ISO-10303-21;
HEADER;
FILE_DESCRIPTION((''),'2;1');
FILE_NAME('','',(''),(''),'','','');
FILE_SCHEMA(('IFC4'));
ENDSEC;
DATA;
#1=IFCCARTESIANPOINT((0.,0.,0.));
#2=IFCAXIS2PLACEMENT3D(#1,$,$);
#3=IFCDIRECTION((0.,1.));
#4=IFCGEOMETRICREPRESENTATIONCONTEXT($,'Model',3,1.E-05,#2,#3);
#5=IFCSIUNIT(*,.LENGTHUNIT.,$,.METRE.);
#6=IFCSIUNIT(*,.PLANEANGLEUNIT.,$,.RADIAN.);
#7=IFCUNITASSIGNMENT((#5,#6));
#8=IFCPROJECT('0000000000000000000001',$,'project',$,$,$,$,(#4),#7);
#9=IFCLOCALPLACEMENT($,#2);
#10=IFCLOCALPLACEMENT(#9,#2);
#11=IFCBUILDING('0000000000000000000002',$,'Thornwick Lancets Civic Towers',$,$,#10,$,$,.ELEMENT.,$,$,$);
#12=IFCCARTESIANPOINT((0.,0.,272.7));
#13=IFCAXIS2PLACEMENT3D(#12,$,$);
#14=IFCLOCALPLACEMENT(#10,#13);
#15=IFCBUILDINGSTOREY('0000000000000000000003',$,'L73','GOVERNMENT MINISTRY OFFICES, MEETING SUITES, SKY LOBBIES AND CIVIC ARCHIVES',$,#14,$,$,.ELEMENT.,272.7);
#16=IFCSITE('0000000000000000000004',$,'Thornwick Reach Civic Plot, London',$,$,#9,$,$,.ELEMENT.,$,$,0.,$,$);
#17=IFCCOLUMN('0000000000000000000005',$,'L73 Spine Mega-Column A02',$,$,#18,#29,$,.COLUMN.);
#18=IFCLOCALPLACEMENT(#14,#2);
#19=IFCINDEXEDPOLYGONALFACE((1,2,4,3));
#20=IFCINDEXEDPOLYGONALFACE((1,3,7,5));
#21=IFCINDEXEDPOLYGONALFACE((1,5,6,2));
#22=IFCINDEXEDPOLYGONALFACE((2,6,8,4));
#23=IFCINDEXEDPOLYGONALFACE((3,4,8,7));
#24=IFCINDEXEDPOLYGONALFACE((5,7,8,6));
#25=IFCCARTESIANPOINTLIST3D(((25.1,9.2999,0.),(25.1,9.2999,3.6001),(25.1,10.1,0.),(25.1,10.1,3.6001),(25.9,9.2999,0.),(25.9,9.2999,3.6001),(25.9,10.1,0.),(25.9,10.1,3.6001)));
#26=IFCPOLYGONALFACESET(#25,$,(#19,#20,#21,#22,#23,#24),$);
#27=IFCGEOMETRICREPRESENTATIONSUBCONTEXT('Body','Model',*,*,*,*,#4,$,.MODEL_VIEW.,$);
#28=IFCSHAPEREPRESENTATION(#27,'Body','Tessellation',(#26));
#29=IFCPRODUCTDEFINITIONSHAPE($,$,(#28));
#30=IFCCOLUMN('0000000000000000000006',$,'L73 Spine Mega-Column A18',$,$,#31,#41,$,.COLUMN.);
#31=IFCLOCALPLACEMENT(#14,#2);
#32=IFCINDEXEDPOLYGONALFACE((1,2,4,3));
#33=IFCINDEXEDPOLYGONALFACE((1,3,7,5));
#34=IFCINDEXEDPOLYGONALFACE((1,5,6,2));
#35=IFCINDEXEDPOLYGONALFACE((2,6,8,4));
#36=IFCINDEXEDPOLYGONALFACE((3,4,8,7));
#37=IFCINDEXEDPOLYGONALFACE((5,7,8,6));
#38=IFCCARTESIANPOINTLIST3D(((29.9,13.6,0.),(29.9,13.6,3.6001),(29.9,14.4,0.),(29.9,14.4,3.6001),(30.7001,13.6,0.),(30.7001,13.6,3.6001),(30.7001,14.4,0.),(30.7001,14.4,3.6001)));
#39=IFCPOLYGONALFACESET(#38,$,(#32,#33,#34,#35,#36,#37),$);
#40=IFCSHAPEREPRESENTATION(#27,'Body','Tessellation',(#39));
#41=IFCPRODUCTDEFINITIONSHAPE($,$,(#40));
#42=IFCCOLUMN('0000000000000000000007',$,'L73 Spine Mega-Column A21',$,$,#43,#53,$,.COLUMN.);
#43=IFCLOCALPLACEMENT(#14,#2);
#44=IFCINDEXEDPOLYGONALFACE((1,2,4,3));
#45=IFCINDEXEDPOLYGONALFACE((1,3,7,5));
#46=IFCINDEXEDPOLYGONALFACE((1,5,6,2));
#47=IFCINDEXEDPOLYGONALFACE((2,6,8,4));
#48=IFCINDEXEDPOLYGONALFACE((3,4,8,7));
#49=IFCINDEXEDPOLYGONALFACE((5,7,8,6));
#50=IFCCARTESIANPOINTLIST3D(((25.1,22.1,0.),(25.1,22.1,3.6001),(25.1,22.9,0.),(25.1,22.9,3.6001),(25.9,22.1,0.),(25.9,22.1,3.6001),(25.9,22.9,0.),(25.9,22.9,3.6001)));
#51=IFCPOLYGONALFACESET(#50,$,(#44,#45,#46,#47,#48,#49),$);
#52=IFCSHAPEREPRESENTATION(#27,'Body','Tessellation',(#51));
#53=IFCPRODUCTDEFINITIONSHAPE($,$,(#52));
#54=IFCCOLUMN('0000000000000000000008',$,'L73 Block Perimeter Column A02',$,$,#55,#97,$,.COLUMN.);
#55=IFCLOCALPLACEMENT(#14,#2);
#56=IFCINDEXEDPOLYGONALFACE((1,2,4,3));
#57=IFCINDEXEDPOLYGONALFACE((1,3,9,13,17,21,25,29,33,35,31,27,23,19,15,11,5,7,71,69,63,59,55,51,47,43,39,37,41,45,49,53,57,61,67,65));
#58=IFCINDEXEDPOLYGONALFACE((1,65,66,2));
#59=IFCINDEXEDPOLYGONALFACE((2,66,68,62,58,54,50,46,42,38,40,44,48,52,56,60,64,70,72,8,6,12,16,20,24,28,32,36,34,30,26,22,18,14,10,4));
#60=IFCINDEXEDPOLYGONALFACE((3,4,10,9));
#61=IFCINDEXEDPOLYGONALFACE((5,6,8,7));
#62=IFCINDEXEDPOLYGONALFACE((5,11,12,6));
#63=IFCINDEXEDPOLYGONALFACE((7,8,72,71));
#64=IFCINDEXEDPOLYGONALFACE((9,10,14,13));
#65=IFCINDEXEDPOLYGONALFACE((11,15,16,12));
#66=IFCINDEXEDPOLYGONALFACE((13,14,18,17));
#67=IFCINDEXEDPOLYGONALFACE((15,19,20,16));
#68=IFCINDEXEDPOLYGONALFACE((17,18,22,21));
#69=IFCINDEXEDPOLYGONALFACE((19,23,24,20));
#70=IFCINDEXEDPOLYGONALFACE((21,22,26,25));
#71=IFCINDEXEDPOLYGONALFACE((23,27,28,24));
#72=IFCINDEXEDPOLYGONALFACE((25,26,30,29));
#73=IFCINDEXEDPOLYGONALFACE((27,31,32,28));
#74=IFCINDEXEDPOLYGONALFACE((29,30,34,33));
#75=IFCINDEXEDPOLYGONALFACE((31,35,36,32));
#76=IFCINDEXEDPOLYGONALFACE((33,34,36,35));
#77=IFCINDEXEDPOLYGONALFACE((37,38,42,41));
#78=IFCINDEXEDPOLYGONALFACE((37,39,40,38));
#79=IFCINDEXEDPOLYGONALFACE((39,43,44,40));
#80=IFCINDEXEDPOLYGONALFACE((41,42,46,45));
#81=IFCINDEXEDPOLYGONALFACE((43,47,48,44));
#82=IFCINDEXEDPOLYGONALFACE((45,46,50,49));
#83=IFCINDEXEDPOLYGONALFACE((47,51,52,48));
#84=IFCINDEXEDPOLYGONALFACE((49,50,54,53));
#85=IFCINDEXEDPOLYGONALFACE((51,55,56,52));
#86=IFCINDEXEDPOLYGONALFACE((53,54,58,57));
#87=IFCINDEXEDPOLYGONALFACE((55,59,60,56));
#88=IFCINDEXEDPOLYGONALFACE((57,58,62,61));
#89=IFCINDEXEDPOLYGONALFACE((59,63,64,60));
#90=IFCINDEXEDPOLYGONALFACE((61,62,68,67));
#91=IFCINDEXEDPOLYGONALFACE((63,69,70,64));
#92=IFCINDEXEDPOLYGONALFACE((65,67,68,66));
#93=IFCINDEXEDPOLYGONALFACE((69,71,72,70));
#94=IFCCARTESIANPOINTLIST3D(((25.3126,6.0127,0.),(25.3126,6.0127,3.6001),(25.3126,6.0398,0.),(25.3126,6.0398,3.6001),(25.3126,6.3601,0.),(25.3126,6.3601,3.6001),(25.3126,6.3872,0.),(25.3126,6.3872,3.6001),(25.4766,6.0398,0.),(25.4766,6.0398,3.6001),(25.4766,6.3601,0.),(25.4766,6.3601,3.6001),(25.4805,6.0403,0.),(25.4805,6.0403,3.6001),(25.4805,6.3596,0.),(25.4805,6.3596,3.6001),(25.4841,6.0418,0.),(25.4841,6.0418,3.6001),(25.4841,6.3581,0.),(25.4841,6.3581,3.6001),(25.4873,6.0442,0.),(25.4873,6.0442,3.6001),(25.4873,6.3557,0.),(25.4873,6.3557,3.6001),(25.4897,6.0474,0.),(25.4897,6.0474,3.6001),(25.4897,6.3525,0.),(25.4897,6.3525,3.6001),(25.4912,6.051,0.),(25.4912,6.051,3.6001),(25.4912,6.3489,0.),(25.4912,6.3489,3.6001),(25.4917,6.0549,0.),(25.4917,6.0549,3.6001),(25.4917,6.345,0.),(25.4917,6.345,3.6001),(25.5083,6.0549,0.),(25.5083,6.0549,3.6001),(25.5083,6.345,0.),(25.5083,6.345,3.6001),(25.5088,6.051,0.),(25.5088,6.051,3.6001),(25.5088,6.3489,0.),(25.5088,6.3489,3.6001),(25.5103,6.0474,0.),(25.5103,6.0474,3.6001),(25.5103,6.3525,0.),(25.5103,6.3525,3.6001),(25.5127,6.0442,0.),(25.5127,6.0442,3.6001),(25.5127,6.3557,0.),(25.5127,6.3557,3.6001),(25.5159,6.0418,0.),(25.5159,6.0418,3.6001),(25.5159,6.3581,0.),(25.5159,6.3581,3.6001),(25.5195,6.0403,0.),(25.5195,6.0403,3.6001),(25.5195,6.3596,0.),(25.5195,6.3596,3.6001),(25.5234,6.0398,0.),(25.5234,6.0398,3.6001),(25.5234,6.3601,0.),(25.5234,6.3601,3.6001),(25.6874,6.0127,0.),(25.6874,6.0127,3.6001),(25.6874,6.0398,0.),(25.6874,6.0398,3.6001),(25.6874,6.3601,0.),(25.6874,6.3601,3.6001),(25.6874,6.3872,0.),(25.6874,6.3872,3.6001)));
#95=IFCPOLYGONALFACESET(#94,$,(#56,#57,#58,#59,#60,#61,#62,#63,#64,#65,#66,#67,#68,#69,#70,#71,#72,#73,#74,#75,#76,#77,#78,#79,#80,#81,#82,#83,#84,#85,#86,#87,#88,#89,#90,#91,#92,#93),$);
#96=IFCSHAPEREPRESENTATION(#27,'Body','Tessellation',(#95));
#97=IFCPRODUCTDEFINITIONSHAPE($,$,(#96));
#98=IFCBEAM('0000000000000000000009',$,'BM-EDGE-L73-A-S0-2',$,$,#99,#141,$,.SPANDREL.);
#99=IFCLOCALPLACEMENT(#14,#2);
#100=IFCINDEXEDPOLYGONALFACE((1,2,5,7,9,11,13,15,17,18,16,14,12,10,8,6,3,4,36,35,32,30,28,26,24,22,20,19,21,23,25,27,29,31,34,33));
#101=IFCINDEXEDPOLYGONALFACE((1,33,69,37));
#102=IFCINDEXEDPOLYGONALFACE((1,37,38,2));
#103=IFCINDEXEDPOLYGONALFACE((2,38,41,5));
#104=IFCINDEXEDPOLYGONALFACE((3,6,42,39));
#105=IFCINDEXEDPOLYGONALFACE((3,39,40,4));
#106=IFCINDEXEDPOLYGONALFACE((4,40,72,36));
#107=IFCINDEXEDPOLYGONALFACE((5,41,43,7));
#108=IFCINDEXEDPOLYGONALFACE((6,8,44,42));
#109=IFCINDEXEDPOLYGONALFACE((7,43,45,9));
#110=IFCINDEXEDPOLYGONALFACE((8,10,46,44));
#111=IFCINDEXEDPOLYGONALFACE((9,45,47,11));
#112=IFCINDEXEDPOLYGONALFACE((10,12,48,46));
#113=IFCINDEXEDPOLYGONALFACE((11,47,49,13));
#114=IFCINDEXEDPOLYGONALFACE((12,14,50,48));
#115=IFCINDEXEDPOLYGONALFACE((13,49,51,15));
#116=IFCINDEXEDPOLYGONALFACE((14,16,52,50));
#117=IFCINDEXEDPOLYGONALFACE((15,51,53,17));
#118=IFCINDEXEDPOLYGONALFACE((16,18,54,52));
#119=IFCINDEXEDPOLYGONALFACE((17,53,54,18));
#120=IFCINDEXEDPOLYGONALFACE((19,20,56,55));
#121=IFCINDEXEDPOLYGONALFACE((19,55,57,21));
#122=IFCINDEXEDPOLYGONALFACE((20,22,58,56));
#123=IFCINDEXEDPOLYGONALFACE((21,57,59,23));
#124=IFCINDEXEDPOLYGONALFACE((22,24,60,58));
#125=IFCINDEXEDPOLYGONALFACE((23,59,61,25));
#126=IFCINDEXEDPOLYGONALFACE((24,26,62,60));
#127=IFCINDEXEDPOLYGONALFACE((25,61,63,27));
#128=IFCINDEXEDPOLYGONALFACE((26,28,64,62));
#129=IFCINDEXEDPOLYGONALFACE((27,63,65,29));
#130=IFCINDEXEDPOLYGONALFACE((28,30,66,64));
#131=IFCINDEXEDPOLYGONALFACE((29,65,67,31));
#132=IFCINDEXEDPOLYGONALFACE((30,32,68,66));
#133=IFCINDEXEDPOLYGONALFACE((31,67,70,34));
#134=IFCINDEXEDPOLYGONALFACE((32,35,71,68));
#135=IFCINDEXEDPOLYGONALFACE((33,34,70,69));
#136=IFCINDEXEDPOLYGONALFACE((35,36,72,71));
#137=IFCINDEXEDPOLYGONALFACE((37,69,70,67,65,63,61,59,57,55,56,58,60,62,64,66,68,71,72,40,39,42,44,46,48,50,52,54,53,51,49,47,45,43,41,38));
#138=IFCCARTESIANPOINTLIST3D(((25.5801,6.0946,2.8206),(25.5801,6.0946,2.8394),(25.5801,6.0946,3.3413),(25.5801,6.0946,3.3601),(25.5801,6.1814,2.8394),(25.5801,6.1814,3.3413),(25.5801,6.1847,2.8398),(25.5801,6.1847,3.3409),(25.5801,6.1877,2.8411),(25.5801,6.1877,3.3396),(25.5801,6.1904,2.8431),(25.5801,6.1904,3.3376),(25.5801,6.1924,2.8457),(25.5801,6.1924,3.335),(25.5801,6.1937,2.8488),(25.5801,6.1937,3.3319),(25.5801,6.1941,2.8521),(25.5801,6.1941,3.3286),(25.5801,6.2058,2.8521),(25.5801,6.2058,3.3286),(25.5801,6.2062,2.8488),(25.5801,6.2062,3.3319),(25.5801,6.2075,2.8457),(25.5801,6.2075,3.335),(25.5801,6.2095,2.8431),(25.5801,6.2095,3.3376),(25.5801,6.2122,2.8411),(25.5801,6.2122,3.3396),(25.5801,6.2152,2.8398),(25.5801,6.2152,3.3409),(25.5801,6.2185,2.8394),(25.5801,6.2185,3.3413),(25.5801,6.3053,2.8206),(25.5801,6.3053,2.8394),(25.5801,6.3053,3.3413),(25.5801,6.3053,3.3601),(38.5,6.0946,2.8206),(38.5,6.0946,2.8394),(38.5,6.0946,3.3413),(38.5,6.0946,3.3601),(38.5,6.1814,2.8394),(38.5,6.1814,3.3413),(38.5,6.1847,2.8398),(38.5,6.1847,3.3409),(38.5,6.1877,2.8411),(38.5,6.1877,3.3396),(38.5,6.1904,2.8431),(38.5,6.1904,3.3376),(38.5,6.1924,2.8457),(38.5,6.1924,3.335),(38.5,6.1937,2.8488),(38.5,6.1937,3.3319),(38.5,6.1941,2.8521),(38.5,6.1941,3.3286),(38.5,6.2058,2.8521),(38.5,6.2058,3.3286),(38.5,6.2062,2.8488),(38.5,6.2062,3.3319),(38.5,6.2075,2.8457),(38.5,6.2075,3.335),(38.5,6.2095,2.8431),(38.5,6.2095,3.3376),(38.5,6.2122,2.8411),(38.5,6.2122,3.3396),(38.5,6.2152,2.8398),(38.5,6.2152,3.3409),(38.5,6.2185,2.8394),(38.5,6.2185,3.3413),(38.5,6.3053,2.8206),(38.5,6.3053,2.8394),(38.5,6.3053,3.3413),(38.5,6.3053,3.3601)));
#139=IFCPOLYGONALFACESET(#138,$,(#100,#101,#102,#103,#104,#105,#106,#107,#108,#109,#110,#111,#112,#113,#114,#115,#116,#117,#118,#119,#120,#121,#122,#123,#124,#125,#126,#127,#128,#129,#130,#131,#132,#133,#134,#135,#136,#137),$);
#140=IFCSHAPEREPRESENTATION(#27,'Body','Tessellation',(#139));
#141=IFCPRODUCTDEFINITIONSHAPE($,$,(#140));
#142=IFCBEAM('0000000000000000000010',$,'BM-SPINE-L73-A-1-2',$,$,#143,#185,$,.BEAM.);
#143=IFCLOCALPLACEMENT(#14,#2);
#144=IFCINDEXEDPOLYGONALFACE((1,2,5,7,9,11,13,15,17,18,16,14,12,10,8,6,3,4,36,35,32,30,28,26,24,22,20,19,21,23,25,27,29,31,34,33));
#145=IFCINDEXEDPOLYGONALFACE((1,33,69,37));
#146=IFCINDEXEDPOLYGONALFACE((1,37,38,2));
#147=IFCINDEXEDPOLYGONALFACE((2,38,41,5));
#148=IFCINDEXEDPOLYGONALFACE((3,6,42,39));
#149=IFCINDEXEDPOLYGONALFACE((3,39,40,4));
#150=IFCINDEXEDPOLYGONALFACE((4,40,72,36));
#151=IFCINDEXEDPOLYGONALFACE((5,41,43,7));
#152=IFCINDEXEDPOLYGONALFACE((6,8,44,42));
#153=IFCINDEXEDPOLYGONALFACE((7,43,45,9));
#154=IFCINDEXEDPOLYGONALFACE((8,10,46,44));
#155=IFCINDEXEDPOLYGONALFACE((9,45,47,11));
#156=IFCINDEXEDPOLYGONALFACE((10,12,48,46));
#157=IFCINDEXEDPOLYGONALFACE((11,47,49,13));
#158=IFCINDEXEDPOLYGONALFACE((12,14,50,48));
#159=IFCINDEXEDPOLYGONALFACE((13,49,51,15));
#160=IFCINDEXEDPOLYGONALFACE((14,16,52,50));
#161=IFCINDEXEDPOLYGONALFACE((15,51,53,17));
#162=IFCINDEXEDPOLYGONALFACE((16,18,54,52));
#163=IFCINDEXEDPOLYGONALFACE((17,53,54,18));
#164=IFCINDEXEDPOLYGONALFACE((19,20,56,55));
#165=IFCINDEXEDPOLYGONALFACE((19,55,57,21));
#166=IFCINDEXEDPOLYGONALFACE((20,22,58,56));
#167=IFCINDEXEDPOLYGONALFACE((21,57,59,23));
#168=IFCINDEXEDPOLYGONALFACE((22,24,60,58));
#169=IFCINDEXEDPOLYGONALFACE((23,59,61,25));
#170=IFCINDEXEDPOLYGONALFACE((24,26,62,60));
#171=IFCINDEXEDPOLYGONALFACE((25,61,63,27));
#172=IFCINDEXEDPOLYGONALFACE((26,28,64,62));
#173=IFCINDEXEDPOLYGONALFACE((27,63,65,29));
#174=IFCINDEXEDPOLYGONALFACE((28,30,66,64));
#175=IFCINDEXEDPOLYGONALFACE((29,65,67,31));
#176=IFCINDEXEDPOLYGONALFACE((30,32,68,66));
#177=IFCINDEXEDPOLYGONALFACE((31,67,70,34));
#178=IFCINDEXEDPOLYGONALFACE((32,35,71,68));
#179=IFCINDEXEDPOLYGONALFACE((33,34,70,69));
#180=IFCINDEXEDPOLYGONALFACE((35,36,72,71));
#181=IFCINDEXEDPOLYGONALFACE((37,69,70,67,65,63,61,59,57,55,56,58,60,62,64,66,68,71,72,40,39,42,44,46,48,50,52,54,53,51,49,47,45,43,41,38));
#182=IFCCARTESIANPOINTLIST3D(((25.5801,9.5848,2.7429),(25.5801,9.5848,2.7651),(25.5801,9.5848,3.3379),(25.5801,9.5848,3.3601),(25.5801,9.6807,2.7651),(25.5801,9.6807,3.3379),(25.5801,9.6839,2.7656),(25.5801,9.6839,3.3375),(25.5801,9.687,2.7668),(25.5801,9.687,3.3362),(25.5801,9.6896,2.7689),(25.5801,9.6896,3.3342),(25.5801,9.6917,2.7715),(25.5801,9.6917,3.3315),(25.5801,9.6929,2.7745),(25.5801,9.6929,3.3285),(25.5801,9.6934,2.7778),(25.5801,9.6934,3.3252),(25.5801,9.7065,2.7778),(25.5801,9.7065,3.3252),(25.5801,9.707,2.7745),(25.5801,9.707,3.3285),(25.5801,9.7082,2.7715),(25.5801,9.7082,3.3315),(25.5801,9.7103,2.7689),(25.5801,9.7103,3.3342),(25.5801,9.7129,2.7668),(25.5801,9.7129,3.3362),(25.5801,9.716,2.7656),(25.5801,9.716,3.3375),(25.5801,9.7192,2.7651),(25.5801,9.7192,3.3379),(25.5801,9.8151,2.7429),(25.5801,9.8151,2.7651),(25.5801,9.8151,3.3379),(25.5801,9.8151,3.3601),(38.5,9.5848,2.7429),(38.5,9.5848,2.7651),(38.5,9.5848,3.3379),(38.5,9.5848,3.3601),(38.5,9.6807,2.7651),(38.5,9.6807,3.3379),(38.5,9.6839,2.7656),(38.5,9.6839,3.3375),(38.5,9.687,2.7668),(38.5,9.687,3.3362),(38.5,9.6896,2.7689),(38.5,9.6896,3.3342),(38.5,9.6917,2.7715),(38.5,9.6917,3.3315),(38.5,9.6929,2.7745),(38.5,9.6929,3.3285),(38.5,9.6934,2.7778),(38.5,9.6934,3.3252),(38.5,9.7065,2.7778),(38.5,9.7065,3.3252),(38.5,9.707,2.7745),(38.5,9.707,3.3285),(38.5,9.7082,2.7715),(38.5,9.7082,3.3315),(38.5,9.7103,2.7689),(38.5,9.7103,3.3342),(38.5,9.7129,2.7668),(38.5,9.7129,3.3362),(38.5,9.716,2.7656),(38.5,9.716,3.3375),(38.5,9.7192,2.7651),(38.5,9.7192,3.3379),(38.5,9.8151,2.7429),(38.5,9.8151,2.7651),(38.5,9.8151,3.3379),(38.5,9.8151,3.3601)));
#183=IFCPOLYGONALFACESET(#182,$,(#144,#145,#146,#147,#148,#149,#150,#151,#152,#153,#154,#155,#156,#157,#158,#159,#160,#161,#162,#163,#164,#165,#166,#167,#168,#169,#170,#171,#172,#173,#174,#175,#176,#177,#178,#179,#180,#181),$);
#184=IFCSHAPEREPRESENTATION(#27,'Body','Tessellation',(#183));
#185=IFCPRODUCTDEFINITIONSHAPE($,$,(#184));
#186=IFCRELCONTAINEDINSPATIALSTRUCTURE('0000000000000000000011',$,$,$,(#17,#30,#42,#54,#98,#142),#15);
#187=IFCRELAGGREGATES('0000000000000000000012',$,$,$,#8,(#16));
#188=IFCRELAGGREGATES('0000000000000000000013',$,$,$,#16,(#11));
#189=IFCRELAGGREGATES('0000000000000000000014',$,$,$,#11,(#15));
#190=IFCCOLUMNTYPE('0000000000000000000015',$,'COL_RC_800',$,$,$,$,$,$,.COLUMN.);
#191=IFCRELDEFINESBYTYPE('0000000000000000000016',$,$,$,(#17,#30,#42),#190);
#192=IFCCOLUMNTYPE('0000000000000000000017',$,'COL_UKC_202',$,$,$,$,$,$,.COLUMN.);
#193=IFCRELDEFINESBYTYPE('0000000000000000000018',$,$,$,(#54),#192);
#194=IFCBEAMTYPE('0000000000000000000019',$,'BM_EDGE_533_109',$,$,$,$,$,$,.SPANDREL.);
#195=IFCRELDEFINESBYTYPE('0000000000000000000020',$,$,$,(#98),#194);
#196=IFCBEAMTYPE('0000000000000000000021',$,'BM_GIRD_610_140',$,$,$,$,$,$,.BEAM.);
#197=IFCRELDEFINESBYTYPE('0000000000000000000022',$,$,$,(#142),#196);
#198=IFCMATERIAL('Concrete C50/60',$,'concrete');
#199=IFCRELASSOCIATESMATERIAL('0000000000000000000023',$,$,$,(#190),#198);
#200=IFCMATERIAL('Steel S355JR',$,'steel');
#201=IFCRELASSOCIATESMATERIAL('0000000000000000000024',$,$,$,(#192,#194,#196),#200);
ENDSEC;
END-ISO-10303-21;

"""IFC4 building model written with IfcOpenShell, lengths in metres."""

from ifc_helpers import new_model, si_unit, direction, frame, origin, origin_2d, place, context, subcontext, project, spatial, rectangle, i_section, extrude, material, material_profile, profile_set, type_object, element, save


model = new_model("IFC4")

# Units and contexts
model_context = context("Model", 3, precision=1e-05, world=origin(), true_north=direction((0.0, 1.0)))
body_context = subcontext(model_context, "Body", "Model", "MODEL_VIEW")
ifc_project = project(units=[si_unit("LENGTHUNIT", "METRE"), si_unit("PLANEANGLEUNIT", "RADIAN")], contexts=[model_context])

# Site, building, storey
site_placement = place(None, origin())
site = spatial("IfcSite", under=ifc_project, at=site_placement, Name="Thornwick Reach Civic Plot, London", CompositionType="ELEMENT", RefElevation=0.0)
building_placement = place(site_placement, origin())
building = spatial("IfcBuilding", under=site, at=building_placement, Name="Thornwick Lancets Civic Towers", CompositionType="ELEMENT")
storey_placement = place(building_placement, frame((0.0, 0.0, 272.7)))
storey = spatial("IfcBuildingStorey", under=building, at=storey_placement, Name="L73", Description="GOVERNMENT MINISTRY OFFICES, MEETING SUITES, SKY LOBBIES AND CIVIC ARCHIVES", CompositionType="ELEMENT", Elevation=272.7)

# Columns
ifc_material_1 = material(Name="Concrete C50/60", Category="concrete")
ifc_material_profile_1 = material_profile(ifc_material_1, rectangle(XDim=0.8, YDim=0.8, at=origin_2d()), Name="RC 800x800")
ifc_profile_set_1 = profile_set([ifc_material_profile_1], Name="Concrete C50/60")
column_type_1 = type_object("IfcColumnType", Name="COL_RC_800", PredefinedType="COLUMN", material=ifc_profile_set_1)
for number, where, z_axis, x_axis, name in (
    (1, (25.5, 9.7, 0.0), (0.0, 0.0, 1.0), (1.0, 0.0, 0.0), "L73 Spine Mega-Column A02"),
    (2, (30.3, 14.0, 0.0), (0.0, 0.0, 1.0), (1.0, 0.0, 0.0), "L73 Spine Mega-Column A18"),
    (3, (25.5, 22.5, 0.0), (0.0, 0.0, 1.0), (1.0, 0.0, 0.0), "L73 Spine Mega-Column A21"),
):
    element("IfcColumn", number, at=place(storey_placement, frame(where, z_axis=z_axis, x_axis=x_axis)), inside=storey, type_object=column_type_1, Name=name, PredefinedType="COLUMN", context=body_context, shape_type="SweptSolid", body=[
        extrude(rectangle(XDim=0.8, YDim=0.8, at=origin_2d()), origin(), (0.0, 0.0, 1.0), 3.6001),
    ])
ifc_material_2 = material(Name="Steel S355JR", Category="steel")
ifc_material_profile_2 = material_profile(ifc_material_2, i_section(OverallWidth=0.3748, OverallDepth=0.3745, WebThickness=0.0166, FlangeThickness=0.0271, FilletRadius=0.0151, at=origin_2d()), Name="UKC 356x368x202")
ifc_profile_set_2 = profile_set([ifc_material_profile_2], Name="Steel S355JR")
column_type_2 = type_object("IfcColumnType", Name="COL_UKC_202", PredefinedType="COLUMN", material=ifc_profile_set_2)
column_placement = place(storey_placement, frame((25.5, 6.2, 0.0), z_axis=(0.0, 0.0, 1.0), x_axis=(1.0, 0.0, 0.0)))
element("IfcColumn", 4, at=column_placement, inside=storey, type_object=column_type_2, Name="L73 Block Perimeter Column A02", PredefinedType="COLUMN", context=body_context, shape_type="SweptSolid", body=[
    extrude(i_section(OverallWidth=0.3748, OverallDepth=0.3745, WebThickness=0.0166, FlangeThickness=0.0271, FilletRadius=0.0151, at=origin_2d()), origin(), (0.0, 0.0, 1.0), 3.6001),
])

# Beams
ifc_material_profile_3 = material_profile(ifc_material_2, i_section(OverallWidth=0.2107, OverallDepth=0.5396, WebThickness=0.0117, FlangeThickness=0.0188, FilletRadius=0.0127, at=origin_2d()), Name="UKB 533x210x109")
ifc_profile_set_3 = profile_set([ifc_material_profile_3], Name="Steel S355JR")
beam_type_1 = type_object("IfcBeamType", Name="BM_EDGE_533_109", PredefinedType="SPANDREL", material=ifc_profile_set_3)
beam_1_placement = place(storey_placement, frame((25.5801, 6.2, 3.0903), z_axis=(1.0, 0.0, 0.0), x_axis=(0.0, 1.0, 0.0)))
element("IfcBeam", 5, at=beam_1_placement, inside=storey, type_object=beam_type_1, Name="BM-EDGE-L73-A-S0-2", PredefinedType="SPANDREL", context=body_context, shape_type="SweptSolid", body=[
    extrude(i_section(OverallWidth=0.2107, OverallDepth=0.5396, WebThickness=0.0117, FlangeThickness=0.0188, FilletRadius=0.0127, at=origin_2d()), origin(), (0.0, 0.0, 1.0), 12.9199),
])
ifc_material_profile_4 = material_profile(ifc_material_2, i_section(OverallWidth=0.2302, OverallDepth=0.6172, WebThickness=0.0132, FlangeThickness=0.0222, FilletRadius=0.0127, at=origin_2d()), Name="UKB 610x229x140")
ifc_profile_set_4 = profile_set([ifc_material_profile_4], Name="Steel S355JR")
beam_type_2 = type_object("IfcBeamType", Name="BM_GIRD_610_140", PredefinedType="BEAM", material=ifc_profile_set_4)
beam_2_placement = place(storey_placement, frame((25.5801, 9.7, 3.0515), z_axis=(1.0, 0.0, 0.0), x_axis=(0.0, 1.0, 0.0)))
element("IfcBeam", 6, at=beam_2_placement, inside=storey, type_object=beam_type_2, Name="BM-SPINE-L73-A-1-2", PredefinedType="BEAM", context=body_context, shape_type="SweptSolid", body=[
    extrude(i_section(OverallWidth=0.2302, OverallDepth=0.6172, WebThickness=0.0132, FlangeThickness=0.0222, FilletRadius=0.0127, at=origin_2d()), origin(), (0.0, 0.0, 1.0), 12.9199),
])

save(model, "model.ifc")
